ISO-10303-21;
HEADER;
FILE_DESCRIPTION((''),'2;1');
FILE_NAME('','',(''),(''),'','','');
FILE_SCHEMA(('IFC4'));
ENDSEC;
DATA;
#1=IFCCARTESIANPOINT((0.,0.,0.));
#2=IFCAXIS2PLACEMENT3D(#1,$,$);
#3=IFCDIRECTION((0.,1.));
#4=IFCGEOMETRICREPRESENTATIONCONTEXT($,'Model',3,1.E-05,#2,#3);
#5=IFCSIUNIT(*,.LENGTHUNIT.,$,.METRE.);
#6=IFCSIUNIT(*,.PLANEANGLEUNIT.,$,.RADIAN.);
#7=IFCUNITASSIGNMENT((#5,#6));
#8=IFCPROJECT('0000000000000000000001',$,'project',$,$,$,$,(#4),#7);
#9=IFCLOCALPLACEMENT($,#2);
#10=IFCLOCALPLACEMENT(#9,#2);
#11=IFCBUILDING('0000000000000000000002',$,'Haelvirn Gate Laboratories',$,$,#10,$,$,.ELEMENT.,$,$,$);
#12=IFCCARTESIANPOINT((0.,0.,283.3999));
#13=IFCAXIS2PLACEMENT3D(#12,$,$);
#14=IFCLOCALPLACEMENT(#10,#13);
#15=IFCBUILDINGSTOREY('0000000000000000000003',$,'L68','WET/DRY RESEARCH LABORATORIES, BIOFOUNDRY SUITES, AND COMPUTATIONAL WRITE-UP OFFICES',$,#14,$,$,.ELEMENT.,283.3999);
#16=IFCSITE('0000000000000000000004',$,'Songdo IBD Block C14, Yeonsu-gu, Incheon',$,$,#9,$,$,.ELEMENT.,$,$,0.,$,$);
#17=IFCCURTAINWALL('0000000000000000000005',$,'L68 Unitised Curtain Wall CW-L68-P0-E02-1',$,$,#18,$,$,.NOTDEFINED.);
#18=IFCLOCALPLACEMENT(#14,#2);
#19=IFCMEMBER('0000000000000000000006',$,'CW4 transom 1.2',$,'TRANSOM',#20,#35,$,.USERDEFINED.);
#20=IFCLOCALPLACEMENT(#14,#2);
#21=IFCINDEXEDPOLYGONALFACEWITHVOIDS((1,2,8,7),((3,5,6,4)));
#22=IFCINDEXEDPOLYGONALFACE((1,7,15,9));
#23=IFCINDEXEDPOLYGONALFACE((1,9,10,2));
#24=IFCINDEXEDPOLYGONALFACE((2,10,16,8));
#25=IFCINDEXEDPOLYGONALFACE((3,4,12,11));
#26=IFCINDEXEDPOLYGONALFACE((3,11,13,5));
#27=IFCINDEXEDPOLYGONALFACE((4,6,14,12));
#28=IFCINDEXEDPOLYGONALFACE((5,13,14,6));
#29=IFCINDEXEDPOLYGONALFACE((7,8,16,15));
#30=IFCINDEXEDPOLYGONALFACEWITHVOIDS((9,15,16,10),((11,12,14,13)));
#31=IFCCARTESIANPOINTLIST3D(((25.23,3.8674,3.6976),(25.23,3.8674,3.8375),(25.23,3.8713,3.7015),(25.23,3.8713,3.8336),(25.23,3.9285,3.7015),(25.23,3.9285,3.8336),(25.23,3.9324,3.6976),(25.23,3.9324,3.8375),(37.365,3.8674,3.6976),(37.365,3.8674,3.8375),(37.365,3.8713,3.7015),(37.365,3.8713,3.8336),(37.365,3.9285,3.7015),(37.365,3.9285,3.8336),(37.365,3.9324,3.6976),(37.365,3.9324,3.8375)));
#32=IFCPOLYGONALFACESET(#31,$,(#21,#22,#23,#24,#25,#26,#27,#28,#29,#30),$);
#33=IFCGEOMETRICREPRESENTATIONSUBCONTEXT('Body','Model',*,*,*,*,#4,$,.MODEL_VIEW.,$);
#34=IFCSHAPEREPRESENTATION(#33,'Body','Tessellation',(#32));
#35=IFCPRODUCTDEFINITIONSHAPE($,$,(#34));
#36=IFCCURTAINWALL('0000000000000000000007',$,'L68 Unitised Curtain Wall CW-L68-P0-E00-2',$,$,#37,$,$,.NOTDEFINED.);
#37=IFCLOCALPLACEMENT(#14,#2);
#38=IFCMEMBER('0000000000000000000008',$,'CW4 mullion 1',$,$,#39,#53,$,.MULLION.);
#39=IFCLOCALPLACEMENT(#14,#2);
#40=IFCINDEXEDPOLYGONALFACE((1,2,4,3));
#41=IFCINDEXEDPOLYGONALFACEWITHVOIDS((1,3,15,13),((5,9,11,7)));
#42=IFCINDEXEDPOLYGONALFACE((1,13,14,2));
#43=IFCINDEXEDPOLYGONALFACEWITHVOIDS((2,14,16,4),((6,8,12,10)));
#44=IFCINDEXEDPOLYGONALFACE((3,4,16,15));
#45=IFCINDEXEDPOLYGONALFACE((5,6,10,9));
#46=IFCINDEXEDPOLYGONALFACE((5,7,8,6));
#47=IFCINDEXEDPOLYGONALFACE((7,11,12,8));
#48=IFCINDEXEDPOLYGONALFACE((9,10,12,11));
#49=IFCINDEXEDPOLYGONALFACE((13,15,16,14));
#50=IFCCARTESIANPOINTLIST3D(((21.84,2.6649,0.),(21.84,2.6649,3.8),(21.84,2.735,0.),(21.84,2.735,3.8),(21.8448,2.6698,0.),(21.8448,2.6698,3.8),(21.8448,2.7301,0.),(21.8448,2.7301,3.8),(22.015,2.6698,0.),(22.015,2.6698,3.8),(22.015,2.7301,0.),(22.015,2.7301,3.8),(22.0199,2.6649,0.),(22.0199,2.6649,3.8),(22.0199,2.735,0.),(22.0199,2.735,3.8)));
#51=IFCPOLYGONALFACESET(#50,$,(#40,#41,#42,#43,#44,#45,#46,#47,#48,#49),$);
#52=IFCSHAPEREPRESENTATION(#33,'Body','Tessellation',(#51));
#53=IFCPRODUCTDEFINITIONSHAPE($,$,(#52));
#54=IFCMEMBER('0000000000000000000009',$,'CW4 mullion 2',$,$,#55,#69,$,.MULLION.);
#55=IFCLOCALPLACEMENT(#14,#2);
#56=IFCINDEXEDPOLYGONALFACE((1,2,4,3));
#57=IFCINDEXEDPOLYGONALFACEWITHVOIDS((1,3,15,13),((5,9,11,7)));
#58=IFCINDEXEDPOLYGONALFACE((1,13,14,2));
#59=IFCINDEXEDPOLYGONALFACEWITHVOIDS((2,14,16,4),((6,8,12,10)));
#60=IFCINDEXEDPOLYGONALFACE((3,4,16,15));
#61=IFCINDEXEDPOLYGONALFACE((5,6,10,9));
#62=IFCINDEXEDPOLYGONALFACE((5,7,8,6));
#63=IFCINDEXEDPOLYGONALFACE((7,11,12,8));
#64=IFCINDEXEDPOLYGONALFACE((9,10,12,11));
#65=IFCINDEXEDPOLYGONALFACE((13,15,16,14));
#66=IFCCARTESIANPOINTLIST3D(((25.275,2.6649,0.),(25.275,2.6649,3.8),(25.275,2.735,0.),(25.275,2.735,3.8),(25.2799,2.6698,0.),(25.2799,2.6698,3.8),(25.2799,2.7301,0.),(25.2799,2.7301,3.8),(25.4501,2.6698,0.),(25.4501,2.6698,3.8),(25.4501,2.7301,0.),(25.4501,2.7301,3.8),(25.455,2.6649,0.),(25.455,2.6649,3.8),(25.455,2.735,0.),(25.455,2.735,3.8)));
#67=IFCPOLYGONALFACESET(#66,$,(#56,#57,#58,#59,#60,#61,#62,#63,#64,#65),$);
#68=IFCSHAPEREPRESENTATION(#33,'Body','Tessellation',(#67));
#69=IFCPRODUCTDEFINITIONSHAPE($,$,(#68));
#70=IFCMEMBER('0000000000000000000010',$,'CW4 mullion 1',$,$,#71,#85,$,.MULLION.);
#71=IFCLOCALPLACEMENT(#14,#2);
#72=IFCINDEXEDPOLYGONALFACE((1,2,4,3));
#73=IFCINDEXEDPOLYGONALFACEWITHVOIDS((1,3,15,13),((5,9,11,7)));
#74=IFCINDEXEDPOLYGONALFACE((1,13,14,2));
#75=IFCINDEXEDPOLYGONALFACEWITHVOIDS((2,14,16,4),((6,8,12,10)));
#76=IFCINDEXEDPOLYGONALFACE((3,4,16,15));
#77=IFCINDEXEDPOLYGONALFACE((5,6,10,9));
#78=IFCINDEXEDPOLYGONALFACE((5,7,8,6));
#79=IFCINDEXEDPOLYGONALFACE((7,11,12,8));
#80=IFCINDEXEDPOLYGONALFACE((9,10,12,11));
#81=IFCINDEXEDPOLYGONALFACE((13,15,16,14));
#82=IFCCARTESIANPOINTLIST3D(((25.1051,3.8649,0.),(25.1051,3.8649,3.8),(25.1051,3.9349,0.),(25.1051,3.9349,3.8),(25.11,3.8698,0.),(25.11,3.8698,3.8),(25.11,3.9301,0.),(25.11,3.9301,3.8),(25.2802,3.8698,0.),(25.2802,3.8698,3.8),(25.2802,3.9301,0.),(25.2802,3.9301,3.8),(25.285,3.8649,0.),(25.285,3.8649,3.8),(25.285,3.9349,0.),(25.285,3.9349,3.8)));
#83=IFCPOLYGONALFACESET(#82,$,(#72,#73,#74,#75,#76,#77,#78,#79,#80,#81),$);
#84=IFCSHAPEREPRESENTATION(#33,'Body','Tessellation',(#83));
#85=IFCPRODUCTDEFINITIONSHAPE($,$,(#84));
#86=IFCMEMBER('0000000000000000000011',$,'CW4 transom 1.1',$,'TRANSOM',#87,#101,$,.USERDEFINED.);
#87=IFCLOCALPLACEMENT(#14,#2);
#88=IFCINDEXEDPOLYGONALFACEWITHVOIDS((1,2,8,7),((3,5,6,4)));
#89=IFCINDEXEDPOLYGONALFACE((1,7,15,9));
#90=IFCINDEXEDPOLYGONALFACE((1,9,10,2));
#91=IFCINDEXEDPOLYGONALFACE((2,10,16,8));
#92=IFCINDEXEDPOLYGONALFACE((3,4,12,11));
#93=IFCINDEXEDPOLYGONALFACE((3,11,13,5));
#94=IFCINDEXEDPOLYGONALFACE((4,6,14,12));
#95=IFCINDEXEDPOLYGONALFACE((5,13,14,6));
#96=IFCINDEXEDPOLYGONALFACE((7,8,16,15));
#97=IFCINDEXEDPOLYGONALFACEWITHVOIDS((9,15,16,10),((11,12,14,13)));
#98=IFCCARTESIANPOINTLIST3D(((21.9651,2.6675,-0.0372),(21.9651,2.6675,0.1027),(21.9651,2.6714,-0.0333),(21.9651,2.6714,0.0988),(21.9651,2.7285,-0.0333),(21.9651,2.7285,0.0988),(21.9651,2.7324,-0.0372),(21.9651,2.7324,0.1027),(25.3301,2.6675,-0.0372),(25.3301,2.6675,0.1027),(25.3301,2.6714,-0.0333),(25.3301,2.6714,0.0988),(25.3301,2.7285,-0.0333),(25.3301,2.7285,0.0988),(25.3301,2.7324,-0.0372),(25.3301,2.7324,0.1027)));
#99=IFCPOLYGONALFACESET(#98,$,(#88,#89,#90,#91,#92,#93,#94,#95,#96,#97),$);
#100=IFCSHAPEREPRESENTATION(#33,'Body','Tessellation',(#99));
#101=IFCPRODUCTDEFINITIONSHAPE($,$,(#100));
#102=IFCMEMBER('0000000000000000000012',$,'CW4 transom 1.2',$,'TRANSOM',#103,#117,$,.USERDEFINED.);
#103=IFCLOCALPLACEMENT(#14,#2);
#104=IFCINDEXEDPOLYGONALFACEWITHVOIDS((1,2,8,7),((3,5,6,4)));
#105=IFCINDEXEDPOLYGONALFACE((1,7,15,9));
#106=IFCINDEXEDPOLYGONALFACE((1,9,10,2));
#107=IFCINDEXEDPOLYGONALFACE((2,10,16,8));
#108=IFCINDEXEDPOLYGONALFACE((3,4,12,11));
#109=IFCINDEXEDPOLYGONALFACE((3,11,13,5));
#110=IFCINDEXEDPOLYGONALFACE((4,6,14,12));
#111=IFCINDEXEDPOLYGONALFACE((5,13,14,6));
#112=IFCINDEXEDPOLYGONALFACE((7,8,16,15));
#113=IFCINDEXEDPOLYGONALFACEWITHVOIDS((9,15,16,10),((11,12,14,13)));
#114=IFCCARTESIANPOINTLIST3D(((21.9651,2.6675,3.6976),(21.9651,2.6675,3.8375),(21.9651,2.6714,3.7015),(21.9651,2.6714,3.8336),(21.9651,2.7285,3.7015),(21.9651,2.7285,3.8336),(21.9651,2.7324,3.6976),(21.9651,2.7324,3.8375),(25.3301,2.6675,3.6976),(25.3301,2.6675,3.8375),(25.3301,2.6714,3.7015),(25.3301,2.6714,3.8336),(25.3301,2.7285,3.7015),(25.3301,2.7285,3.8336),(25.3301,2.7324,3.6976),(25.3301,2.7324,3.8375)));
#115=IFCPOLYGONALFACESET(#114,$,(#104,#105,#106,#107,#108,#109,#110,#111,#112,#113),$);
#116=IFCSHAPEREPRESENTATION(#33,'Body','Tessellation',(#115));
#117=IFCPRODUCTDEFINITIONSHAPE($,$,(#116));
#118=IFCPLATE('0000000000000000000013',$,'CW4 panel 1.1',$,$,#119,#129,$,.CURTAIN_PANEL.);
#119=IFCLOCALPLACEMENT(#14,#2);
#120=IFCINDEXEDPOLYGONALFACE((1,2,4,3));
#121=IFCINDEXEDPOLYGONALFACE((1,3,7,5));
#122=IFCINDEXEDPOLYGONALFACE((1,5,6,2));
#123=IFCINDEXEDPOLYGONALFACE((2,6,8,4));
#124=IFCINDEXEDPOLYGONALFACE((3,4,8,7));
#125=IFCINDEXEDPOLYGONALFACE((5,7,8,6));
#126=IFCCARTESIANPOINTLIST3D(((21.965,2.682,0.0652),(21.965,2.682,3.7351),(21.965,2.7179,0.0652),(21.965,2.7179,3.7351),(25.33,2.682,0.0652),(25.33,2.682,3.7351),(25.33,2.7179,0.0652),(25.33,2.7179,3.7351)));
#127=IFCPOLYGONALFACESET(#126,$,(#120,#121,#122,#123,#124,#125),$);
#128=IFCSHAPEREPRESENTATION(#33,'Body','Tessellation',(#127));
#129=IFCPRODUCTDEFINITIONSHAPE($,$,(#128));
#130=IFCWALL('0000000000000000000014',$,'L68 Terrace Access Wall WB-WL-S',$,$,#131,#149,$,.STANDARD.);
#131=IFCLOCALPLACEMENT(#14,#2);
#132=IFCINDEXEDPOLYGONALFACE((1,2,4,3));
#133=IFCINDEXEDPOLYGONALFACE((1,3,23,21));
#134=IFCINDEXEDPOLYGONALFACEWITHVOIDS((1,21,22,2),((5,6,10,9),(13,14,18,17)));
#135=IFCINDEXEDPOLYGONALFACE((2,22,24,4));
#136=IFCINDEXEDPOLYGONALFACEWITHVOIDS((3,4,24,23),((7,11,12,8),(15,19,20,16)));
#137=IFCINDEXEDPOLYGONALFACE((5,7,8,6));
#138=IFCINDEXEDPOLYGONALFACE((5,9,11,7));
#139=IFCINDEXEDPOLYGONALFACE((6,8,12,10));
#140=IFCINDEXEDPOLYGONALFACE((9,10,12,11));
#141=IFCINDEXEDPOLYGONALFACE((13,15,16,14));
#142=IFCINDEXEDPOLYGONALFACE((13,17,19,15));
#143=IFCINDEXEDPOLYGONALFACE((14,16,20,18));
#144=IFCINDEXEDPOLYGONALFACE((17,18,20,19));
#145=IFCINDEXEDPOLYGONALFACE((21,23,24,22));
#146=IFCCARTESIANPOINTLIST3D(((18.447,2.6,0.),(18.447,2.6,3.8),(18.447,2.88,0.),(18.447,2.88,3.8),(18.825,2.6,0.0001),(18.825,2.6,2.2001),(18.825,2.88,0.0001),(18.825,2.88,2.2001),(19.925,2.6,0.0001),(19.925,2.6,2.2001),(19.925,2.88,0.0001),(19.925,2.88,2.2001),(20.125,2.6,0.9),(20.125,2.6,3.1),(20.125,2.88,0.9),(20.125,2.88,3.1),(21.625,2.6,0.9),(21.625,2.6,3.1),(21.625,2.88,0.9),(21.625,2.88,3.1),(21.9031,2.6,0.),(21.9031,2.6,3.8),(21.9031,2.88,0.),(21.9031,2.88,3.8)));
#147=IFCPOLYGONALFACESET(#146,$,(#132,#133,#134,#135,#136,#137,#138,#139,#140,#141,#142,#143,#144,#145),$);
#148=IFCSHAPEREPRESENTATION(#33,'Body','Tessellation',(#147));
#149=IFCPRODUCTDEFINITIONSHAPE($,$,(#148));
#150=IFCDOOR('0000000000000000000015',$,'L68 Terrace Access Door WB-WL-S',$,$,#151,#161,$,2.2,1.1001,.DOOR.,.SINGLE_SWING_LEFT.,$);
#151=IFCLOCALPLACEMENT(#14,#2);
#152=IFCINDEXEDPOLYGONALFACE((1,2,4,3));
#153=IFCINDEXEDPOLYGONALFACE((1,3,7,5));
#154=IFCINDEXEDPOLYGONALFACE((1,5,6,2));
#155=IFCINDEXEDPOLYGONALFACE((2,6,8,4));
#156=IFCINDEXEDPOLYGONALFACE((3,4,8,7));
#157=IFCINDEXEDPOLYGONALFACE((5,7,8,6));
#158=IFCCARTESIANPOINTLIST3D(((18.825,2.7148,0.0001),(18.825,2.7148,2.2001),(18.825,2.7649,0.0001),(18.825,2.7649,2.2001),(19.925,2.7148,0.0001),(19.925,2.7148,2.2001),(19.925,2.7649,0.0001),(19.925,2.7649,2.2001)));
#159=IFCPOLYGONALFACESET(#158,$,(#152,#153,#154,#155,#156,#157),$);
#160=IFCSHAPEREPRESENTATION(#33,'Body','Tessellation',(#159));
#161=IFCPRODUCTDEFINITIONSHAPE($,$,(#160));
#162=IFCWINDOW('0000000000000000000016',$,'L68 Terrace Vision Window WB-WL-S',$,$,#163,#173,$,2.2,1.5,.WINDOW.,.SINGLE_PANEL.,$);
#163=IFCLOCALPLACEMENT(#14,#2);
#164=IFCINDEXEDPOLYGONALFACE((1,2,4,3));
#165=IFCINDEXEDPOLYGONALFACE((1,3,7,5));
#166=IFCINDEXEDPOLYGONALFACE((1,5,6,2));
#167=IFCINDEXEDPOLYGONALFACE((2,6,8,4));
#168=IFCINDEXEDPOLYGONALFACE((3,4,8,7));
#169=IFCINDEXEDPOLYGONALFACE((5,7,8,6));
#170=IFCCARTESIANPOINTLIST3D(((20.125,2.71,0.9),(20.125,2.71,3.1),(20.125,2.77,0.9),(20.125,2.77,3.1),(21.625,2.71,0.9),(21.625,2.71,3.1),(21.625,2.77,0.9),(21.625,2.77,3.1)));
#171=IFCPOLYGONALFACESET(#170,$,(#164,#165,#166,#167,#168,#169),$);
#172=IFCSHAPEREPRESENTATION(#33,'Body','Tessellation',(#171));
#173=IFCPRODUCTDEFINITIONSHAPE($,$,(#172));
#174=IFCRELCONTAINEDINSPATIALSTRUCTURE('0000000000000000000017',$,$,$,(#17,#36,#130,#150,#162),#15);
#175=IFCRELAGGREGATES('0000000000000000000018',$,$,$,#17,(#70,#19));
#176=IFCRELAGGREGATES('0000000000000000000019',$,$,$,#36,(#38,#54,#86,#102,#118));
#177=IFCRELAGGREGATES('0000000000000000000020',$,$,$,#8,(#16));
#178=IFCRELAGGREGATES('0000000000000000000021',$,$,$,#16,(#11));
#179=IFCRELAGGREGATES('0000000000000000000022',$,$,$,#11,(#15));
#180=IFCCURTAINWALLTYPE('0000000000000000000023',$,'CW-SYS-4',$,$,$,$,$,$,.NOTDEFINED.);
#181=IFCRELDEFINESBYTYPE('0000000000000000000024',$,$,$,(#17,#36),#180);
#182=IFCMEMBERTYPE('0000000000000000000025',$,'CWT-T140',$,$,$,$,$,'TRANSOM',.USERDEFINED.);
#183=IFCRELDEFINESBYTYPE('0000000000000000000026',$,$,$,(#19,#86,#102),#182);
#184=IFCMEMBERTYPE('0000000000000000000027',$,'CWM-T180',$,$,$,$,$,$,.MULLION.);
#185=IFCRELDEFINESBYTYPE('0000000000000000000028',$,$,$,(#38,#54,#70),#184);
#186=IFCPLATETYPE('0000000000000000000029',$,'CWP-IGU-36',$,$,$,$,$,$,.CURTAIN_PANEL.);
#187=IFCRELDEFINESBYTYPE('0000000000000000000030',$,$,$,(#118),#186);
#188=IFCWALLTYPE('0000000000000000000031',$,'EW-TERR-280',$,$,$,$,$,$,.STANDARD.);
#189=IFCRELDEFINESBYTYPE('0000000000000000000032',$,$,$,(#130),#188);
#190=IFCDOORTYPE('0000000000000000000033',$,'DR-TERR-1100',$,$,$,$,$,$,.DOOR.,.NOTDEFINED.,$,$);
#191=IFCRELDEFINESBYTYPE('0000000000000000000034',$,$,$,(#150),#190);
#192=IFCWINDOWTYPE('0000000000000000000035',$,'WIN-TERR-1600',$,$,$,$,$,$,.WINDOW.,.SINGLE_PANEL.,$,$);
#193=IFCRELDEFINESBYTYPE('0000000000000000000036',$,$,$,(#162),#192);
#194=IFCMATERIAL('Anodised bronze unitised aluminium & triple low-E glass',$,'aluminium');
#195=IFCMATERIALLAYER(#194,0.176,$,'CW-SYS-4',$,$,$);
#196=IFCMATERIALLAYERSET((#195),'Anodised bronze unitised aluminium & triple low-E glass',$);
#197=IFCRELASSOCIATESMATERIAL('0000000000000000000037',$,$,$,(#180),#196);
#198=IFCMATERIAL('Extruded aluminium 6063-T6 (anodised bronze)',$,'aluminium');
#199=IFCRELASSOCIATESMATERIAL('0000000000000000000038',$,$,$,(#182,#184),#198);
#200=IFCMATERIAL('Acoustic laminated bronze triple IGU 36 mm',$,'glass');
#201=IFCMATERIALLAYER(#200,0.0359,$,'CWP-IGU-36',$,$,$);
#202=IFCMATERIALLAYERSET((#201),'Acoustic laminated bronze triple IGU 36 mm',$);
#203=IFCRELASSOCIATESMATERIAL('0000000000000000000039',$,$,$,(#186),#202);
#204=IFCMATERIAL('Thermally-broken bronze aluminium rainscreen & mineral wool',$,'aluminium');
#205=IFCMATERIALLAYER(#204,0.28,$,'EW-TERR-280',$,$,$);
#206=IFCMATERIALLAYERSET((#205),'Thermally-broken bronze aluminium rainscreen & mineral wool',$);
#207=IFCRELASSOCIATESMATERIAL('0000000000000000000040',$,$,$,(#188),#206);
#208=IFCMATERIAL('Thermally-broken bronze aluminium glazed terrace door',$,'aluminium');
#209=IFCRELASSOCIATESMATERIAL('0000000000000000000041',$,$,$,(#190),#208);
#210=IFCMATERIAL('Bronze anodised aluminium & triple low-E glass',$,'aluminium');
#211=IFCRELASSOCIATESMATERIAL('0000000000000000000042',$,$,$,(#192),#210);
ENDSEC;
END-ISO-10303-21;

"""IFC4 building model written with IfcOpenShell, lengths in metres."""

from ifc_helpers import new_model, si_unit, direction, frame, frame_2d, origin, origin_2d, place, context, subcontext, project, spatial, rectangle, hollow_rectangle, extrude, source, transform, mapped, material, layer, layer_set, material_profile, profile_set, type_object, type_shapes, element, fill, aggregate, save


model = new_model("IFC4")

# Units and contexts
model_context = context("Model", 3, precision=1e-05, world=origin(), true_north=direction((0.0, 1.0)))
body_context = subcontext(model_context, "Body", "Model", "MODEL_VIEW")
ifc_project = project(units=[si_unit("LENGTHUNIT", "METRE"), si_unit("PLANEANGLEUNIT", "RADIAN")], contexts=[model_context])

# Site, building, storey
site_placement = place(None, origin())
site = spatial("IfcSite", under=ifc_project, at=site_placement, Name="Songdo IBD Block C14, Yeonsu-gu, Incheon", CompositionType="ELEMENT", RefElevation=0.0)
building_placement = place(site_placement, origin())
building = spatial("IfcBuilding", under=site, at=building_placement, Name="Haelvirn Gate Laboratories", CompositionType="ELEMENT")
storey_placement = place(building_placement, frame((0.0, 0.0, 283.3999)))
storey = spatial("IfcBuildingStorey", under=building, at=storey_placement, Name="L68", Description="WET/DRY RESEARCH LABORATORIES, BIOFOUNDRY SUITES, AND COMPUTATIONAL WRITE-UP OFFICES", CompositionType="ELEMENT", Elevation=283.3999)

# Curtain walls, members
ifc_material_1 = material(Name="Anodised bronze unitised aluminium & triple low-E glass", Category="aluminium")
ifc_layer_1 = layer(ifc_material_1, 0.176, Name="CW-SYS-4")
ifc_layer_set_1 = layer_set([ifc_layer_1], Name="Anodised bronze unitised aluminium & triple low-E glass")
curtain_wall_type = type_object("IfcCurtainWallType", Name="CW-SYS-4", PredefinedType="NOTDEFINED", material=ifc_layer_set_1)
curtain_wall_1_placement = place(storey_placement, origin())
curtain_wall_1 = element("IfcCurtainWall", 1, at=curtain_wall_1_placement, inside=storey, type_object=curtain_wall_type, Name="L68 Unitised Curtain Wall CW-L68-P0-E02-1", PredefinedType="NOTDEFINED")
ifc_material_2 = material(Name="Extruded aluminium 6063-T6 (anodised bronze)", Category="aluminium")
ifc_material_profile_1 = material_profile(ifc_material_2, hollow_rectangle(XDim=0.0649, YDim=0.1399, WallThickness=0.0039, at=origin_2d()), Name="CWT-140x65x4")
ifc_profile_set_1 = profile_set([ifc_material_profile_1], Name="Extruded aluminium 6063-T6 (anodised bronze)")
member_type_1 = type_object("IfcMemberType", Name="CWT-T140", ElementType="TRANSOM", PredefinedType="USERDEFINED", material=ifc_profile_set_1)
shared_shape_1 = source(origin(), body_context, "Body", "SweptSolid", [
    extrude(hollow_rectangle(XDim=0.0649, YDim=0.1399, WallThickness=0.0039, at=origin_2d()), origin(), (0.0, 0.0, 1.0), 12.135),
])
member_1_placement = place(storey_placement, frame((25.23, 3.8999, 3.7676), z_axis=(1.0, 0.0, 0.0), x_axis=(0.0, 1.0, 0.0)))
member_1 = element("IfcMember", 2, at=member_1_placement, type_object=member_type_1, Name="CW4 transom 1.2", ObjectType="TRANSOM", PredefinedType="USERDEFINED", context=body_context, shape_type="MappedRepresentation", body=[
    mapped(shared_shape_1, transform((0.0, 0.0, 0.0), scale=1.0)),
])
curtain_wall_2_placement = place(storey_placement, origin())
curtain_wall_2 = element("IfcCurtainWall", 3, at=curtain_wall_2_placement, inside=storey, type_object=curtain_wall_type, Name="L68 Unitised Curtain Wall CW-L68-P0-E00-2", PredefinedType="NOTDEFINED")
ifc_material_profile_2 = material_profile(ifc_material_2, hollow_rectangle(XDim=0.0701, YDim=0.1799, WallThickness=0.0049, at=origin_2d()), Name="CWM-180x70x5")
ifc_profile_set_2 = profile_set([ifc_material_profile_2], Name="Extruded aluminium 6063-T6 (anodised bronze)")
member_type_2 = type_object("IfcMemberType", Name="CWM-T180", PredefinedType="MULLION", material=ifc_profile_set_2)
shared_shape_2 = source(origin(), body_context, "Body", "SweptSolid", [
    extrude(hollow_rectangle(XDim=0.0701, YDim=0.1799, WallThickness=0.0049, at=origin_2d()), origin(), (0.0, 0.0, 1.0), 3.8),
])
type_shapes(member_type_2, [shared_shape_2])
member_2_placement = place(storey_placement, frame((21.9299, 2.7, 0.0), z_axis=(0.0, 0.0, 1.0), x_axis=(0.0, 1.0, 0.0)))
member_2 = element("IfcMember", 4, at=member_2_placement, type_object=member_type_2, Name="CW4 mullion 1", PredefinedType="MULLION", context=body_context, shape_type="MappedRepresentation", body=[
    mapped(shared_shape_2, transform((0.0, 0.0, 0.0), scale=1.0)),
])
member_3_placement = place(storey_placement, frame((25.365, 2.7, 0.0), z_axis=(0.0, 0.0, 1.0), x_axis=(0.0, 1.0, 0.0)))
member_3 = element("IfcMember", 5, at=member_3_placement, type_object=member_type_2, Name="CW4 mullion 2", PredefinedType="MULLION", context=body_context, shape_type="MappedRepresentation", body=[
    mapped(shared_shape_2, transform((0.0, 0.0, 0.0), scale=1.0)),
])

# Members
member_4_placement = place(storey_placement, frame((25.1951, 3.8999, 0.0), z_axis=(0.0, 0.0, 1.0), x_axis=(0.0, 1.0, 0.0)))
member_4 = element("IfcMember", 6, at=member_4_placement, type_object=member_type_2, Name="CW4 mullion 1", PredefinedType="MULLION", context=body_context, shape_type="MappedRepresentation", body=[
    mapped(shared_shape_2, transform((0.0, 0.0, 0.0), scale=1.0)),
])
aggregate(curtain_wall_1, [member_4, member_1])
shared_shape_3 = source(origin(), body_context, "Body", "SweptSolid", [
    extrude(hollow_rectangle(XDim=0.0649, YDim=0.1399, WallThickness=0.0039, at=origin_2d()), origin(), (0.0, 0.0, 1.0), 3.365),
])
type_shapes(member_type_1, [shared_shape_1, shared_shape_3])
member_5_placement = place(storey_placement, frame((21.9651, 2.7, 0.0327), z_axis=(1.0, 0.0, 0.0), x_axis=(0.0, 1.0, 0.0)))
member_5 = element("IfcMember", 7, at=member_5_placement, type_object=member_type_1, Name="CW4 transom 1.1", ObjectType="TRANSOM", PredefinedType="USERDEFINED", context=body_context, shape_type="MappedRepresentation", body=[
    mapped(shared_shape_3, transform((0.0, 0.0, 0.0), scale=1.0)),
])
member_6_placement = place(storey_placement, frame((21.9651, 2.7, 3.7676), z_axis=(1.0, 0.0, 0.0), x_axis=(0.0, 1.0, 0.0)))
member_6 = element("IfcMember", 8, at=member_6_placement, type_object=member_type_1, Name="CW4 transom 1.2", ObjectType="TRANSOM", PredefinedType="USERDEFINED", context=body_context, shape_type="MappedRepresentation", body=[
    mapped(shared_shape_3, transform((0.0, 0.0, 0.0), scale=1.0)),
])

# Plate
ifc_material_3 = material(Name="Acoustic laminated bronze triple IGU 36 mm", Category="glass")
ifc_layer_2 = layer(ifc_material_3, 0.0359, Name="CWP-IGU-36")
ifc_layer_set_2 = layer_set([ifc_layer_2], Name="Acoustic laminated bronze triple IGU 36 mm")
plate_type = type_object("IfcPlateType", Name="CWP-IGU-36", PredefinedType="CURTAIN_PANEL", material=ifc_layer_set_2)
shared_shape_4 = source(origin(), body_context, "Body", "SweptSolid", [
    extrude(rectangle(XDim=3.365, YDim=0.0359, at=origin_2d()), origin(), (0.0, 0.0, 1.0), 3.6699),
])
type_shapes(plate_type, [shared_shape_4])
plate_placement = place(storey_placement, frame((23.6475, 2.7, 0.0652), z_axis=(0.0, 0.0, 1.0), x_axis=(1.0, 0.0, 0.0)))
plate = element("IfcPlate", 9, at=plate_placement, type_object=plate_type, Name="CW4 panel 1.1", PredefinedType="CURTAIN_PANEL", context=body_context, shape_type="MappedRepresentation", body=[
    mapped(shared_shape_4, transform((0.0, 0.0, 0.0), scale=1.0)),
])
aggregate(curtain_wall_2, [member_2, member_3, member_5, member_6, plate])

# Wall, openings, door, window
ifc_material_4 = material(Name="Thermally-broken bronze aluminium rainscreen & mineral wool", Category="aluminium")
ifc_layer_3 = layer(ifc_material_4, 0.28, Name="EW-TERR-280")
ifc_layer_set_3 = layer_set([ifc_layer_3], Name="Thermally-broken bronze aluminium rainscreen & mineral wool")
wall_type_1 = type_object("IfcWallType", Name="EW-TERR-280", PredefinedType="STANDARD", material=ifc_layer_set_3)
wall_1_placement = place(storey_placement, frame((18.447, 2.74, 0.0), z_axis=(0.0, 0.0, 1.0), x_axis=(1.0, 0.0, 0.0)))
wall_1 = element("IfcWall", 10, at=wall_1_placement, inside=storey, type_object=wall_type_1, Name="L68 Terrace Access Wall WB-WL-S", PredefinedType="STANDARD", context=body_context, shape_type="SweptSolid", body=[
    extrude(rectangle(XDim=3.4561, YDim=0.28, at=frame_2d((1.728, 0.0))), origin(), (0.0, 0.0, 1.0), 3.8),
])
opening_1_placement = place(wall_1_placement, frame((0.3779, 0.0, 0.0)))
opening_1 = element("IfcOpeningElement", 11, at=opening_1_placement, cuts=wall_1, PredefinedType="OPENING", context=body_context, shape_type="SweptSolid", body=[
    extrude(rectangle(XDim=1.1001, YDim=2.2, at=frame_2d((0.55, 1.1001))), frame((0.0, 0.1499, 0.0), z_axis=(0.0, -1.0, 0.0), x_axis=(1.0, 0.0, 0.0)), (0.0, 0.0, 1.0), 0.3),
])
opening_2_placement = place(wall_1_placement, frame((1.678, 0.0, 0.8999)))
opening_2 = element("IfcOpeningElement", 12, at=opening_2_placement, cuts=wall_1, PredefinedType="OPENING", context=body_context, shape_type="SweptSolid", body=[
    extrude(rectangle(XDim=1.5, YDim=2.2, at=frame_2d((0.75, 1.1001))), frame((0.0, 0.1499, 0.0), z_axis=(0.0, -1.0, 0.0), x_axis=(1.0, 0.0, 0.0)), (0.0, 0.0, 1.0), 0.3),
])
ifc_material_5 = material(Name="Thermally-broken bronze aluminium glazed terrace door", Category="aluminium")
door_type_1 = type_object("IfcDoorType", Name="DR-TERR-1100", OperationType="NOTDEFINED", PredefinedType="DOOR", material=ifc_material_5)
shared_shape_5 = source(origin(), body_context, "Body", "SweptSolid", [
    extrude(rectangle(XDim=1.1001, YDim=2.2, at=frame_2d((0.55, 1.1001))), frame((0.0, 0.0249, 0.0), z_axis=(0.0, -1.0, 0.0), x_axis=(1.0, 0.0, 0.0)), (0.0, 0.0, 1.0), 0.05),
])
type_shapes(door_type_1, [shared_shape_5])
door_1_placement = place(opening_1_placement, origin())
door_1 = element("IfcDoor", 13, at=door_1_placement, inside=storey, type_object=door_type_1, Name="L68 Terrace Access Door WB-WL-S", OperationType="SINGLE_SWING_LEFT", OverallHeight=2.2, OverallWidth=1.1001, PredefinedType="DOOR", context=body_context, shape_type="MappedRepresentation", body=[
    mapped(shared_shape_5, transform((0.0, 0.0, 0.0), scale=1.0)),
])
fill(opening_1, door_1)
ifc_material_6 = material(Name="Bronze anodised aluminium & triple low-E glass", Category="aluminium")
window_type_1 = type_object("IfcWindowType", Name="WIN-TERR-1600", PartitioningType="SINGLE_PANEL", PredefinedType="WINDOW", material=ifc_material_6)
shared_shape_6 = source(origin(), body_context, "Body", "SweptSolid", [
    extrude(rectangle(XDim=1.5, YDim=2.2, at=frame_2d((0.75, 1.1001))), frame((0.0, 0.03, 0.0), z_axis=(0.0, -1.0, 0.0), x_axis=(1.0, 0.0, 0.0)), (0.0, 0.0, 1.0), 0.0601),
])
type_shapes(window_type_1, [shared_shape_6])
window_1_placement = place(opening_2_placement, origin())
window_1 = element("IfcWindow", 14, at=window_1_placement, inside=storey, type_object=window_type_1, Name="L68 Terrace Vision Window WB-WL-S", OverallHeight=2.2, OverallWidth=1.5, PartitioningType="SINGLE_PANEL", PredefinedType="WINDOW", context=body_context, shape_type="MappedRepresentation", body=[
    mapped(shared_shape_6, transform((0.0, 0.0, 0.0), scale=1.0)),
])
fill(opening_2, window_1)

save(model, "model.ifc")
